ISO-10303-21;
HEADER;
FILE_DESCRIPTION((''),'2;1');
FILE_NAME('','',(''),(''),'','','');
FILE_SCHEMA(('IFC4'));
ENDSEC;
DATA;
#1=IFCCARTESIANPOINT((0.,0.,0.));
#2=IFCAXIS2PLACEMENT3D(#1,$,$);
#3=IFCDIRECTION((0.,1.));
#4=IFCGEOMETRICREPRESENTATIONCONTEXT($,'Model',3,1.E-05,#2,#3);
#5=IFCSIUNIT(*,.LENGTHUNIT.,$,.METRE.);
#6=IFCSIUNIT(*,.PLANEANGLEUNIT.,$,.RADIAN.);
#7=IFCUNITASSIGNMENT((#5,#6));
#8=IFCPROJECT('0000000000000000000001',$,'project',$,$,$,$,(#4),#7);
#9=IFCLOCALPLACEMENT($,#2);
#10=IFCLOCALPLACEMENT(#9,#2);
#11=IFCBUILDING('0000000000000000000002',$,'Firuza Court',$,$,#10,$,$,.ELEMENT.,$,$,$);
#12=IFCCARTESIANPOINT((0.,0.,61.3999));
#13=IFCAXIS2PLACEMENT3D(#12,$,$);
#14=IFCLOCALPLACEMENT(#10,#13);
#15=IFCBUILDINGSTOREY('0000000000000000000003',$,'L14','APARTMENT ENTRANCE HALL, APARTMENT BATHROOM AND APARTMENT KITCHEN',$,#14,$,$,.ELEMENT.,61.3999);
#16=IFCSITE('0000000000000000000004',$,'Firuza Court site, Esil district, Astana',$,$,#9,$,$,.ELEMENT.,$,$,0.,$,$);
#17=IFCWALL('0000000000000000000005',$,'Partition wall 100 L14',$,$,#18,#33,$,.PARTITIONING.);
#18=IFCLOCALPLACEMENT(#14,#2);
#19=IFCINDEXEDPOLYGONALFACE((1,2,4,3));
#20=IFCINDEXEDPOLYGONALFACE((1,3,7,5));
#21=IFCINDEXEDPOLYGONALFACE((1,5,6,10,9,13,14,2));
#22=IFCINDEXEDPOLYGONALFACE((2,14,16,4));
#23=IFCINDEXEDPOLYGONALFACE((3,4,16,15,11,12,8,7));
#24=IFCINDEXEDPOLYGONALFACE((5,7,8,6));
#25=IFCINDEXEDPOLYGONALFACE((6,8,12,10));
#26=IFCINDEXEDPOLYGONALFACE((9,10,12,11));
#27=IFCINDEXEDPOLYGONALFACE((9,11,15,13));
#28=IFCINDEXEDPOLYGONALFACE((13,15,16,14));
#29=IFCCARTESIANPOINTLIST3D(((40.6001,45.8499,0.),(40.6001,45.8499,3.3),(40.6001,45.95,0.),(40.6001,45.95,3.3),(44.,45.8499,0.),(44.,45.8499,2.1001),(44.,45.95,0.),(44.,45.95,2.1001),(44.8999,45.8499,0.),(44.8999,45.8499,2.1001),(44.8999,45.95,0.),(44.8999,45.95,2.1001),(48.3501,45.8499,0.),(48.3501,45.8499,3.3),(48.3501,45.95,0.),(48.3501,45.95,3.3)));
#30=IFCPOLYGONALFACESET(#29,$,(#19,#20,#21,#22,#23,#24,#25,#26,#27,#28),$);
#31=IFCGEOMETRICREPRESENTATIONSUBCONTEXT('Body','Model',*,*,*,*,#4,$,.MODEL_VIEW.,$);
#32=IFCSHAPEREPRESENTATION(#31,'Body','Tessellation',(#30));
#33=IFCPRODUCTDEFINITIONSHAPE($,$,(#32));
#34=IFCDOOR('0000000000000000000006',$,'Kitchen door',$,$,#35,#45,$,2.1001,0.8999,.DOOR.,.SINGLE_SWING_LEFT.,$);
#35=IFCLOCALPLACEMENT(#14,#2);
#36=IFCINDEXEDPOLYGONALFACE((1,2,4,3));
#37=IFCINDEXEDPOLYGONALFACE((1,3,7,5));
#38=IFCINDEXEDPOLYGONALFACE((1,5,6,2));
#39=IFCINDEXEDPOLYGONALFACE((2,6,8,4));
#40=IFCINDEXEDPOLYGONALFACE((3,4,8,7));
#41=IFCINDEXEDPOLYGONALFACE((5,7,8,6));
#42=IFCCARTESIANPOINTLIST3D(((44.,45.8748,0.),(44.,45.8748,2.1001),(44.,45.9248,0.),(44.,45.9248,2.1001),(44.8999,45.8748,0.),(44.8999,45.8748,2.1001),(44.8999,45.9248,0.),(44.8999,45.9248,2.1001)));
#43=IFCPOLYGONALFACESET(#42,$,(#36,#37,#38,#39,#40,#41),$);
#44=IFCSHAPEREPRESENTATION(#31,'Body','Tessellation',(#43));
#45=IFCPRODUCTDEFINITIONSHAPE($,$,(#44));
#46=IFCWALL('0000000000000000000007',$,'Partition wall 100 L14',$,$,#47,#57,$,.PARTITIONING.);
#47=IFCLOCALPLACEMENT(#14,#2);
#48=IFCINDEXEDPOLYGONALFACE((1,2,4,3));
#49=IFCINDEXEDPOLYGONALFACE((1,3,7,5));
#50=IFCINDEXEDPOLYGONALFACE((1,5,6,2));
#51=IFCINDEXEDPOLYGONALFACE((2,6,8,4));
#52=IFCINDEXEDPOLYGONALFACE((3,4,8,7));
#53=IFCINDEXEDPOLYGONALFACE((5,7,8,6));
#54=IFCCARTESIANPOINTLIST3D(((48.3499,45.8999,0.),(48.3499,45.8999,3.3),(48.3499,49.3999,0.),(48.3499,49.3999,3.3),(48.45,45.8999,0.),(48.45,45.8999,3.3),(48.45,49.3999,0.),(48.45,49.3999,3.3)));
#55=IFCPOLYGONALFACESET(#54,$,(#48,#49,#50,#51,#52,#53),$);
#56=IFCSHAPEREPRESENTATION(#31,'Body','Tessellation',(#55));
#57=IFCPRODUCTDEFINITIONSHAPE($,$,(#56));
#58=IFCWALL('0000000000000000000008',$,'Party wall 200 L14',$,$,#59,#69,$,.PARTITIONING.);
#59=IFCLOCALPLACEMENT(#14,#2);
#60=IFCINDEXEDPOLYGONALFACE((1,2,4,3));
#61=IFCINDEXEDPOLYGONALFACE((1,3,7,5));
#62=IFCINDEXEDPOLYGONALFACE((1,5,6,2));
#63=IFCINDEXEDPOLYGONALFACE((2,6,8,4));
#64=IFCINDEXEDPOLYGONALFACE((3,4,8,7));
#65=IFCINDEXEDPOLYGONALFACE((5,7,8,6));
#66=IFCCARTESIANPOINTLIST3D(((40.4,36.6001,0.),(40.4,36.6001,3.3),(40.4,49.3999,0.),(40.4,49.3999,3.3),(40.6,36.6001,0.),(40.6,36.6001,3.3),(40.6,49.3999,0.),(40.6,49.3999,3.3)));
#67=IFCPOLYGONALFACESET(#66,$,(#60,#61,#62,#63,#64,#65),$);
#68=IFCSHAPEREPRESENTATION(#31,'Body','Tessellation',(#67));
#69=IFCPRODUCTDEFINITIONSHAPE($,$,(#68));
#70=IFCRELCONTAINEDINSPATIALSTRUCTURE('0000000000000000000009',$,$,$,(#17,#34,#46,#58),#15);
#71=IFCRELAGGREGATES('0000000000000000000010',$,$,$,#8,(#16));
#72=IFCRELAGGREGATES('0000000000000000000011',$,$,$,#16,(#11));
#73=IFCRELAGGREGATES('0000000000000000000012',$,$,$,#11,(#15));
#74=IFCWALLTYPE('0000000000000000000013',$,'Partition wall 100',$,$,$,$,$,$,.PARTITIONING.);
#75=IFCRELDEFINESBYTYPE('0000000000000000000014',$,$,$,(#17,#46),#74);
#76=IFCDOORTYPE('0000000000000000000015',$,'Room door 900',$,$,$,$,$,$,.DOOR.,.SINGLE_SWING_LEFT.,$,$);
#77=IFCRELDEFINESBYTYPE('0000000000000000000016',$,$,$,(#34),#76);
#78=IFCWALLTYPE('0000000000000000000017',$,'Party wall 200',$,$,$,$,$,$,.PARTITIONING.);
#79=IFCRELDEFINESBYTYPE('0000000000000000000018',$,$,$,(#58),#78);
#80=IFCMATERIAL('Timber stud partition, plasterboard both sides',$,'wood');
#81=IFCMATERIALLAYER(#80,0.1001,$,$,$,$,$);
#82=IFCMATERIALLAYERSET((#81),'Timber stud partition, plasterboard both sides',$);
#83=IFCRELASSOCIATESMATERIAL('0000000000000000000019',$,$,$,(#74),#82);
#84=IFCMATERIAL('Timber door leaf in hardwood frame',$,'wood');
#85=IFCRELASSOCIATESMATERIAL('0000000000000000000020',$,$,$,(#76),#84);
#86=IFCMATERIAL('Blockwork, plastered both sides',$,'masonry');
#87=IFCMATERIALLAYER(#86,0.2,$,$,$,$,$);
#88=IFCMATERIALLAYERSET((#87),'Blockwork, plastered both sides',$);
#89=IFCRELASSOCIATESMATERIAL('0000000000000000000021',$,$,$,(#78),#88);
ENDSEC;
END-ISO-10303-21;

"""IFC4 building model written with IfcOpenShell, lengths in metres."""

from ifc_helpers import new_model, si_unit, direction, frame, frame_2d, origin, place, context, subcontext, project, spatial, rectangle, extrude, material, layer, layer_set, type_object, element, fill, save


model = new_model("IFC4")

# Units and contexts
model_context = context("Model", 3, precision=1e-05, world=origin(), true_north=direction((0.0, 1.0)))
body_context = subcontext(model_context, "Body", "Model", "MODEL_VIEW")
ifc_project = project(units=[si_unit("LENGTHUNIT", "METRE"), si_unit("PLANEANGLEUNIT", "RADIAN")], contexts=[model_context])

# Site, building, storey
site_placement = place(None, origin())
site = spatial("IfcSite", under=ifc_project, at=site_placement, Name="Firuza Court site, Esil district, Astana", CompositionType="ELEMENT", RefElevation=0.0)
building_placement = place(site_placement, origin())
building = spatial("IfcBuilding", under=site, at=building_placement, Name="Firuza Court", CompositionType="ELEMENT")
storey_placement = place(building_placement, frame((0.0, 0.0, 61.3999)))
storey = spatial("IfcBuildingStorey", under=building, at=storey_placement, Name="L14", Description="APARTMENT ENTRANCE HALL, APARTMENT BATHROOM AND APARTMENT KITCHEN", CompositionType="ELEMENT", Elevation=61.3999)

# Shared definitions
ifc_material_1 = material(Name="Timber stud partition, plasterboard both sides", Category="wood")
ifc_layer_1 = layer(ifc_material_1, 0.1001)
ifc_layer_set_1 = layer_set([ifc_layer_1], Name="Timber stud partition, plasterboard both sides")
wall_type_1 = type_object("IfcWallType", Name="Partition wall 100", PredefinedType="PARTITIONING", material=ifc_layer_set_1)

# Shared definitions
ifc_material_2 = material(Name="Timber door leaf in hardwood frame", Category="wood")
door_type = type_object("IfcDoorType", Name="Room door 900", OperationType="SINGLE_SWING_LEFT", PredefinedType="DOOR", material=ifc_material_2)

# Wall, opening, door
wall_1_placement = place(storey_placement, frame((40.6001, 45.8999, 0.0), z_axis=(0.0, 0.0, 1.0), x_axis=(1.0, 0.0, 0.0)))
wall_1 = element("IfcWall", 1, at=wall_1_placement, inside=storey, type_object=wall_type_1, Name="Partition wall 100 L14", PredefinedType="PARTITIONING", context=body_context, shape_type="SweptSolid", body=[
    extrude(rectangle(XDim=7.75, YDim=0.1001, at=frame_2d((3.875, 0.0))), origin(), (0.0, 0.0, 1.0), 3.3),
])
opening_1_placement = place(wall_1_placement, frame((3.3999, 0.0, 0.0)))
opening_1 = element("IfcOpeningElement", 2, at=opening_1_placement, cuts=wall_1, PredefinedType="OPENING", context=body_context, shape_type="SweptSolid", body=[
    extrude(rectangle(XDim=0.8999, YDim=2.1001, at=frame_2d((0.45, 1.05))), frame((0.0, 0.062, 0.0), z_axis=(0.0, -1.0, 0.0), x_axis=(1.0, 0.0, 0.0)), (0.0, 0.0, 1.0), 0.124),
])
door_1_placement = place(opening_1_placement, origin())
door_1 = element("IfcDoor", 3, at=door_1_placement, inside=storey, type_object=door_type, Name="Kitchen door", OperationType="SINGLE_SWING_LEFT", OverallHeight=2.1001, OverallWidth=0.8999, PredefinedType="DOOR", context=body_context, shape_type="SweptSolid", body=[
    extrude(rectangle(XDim=0.8999, YDim=2.1001, at=frame_2d((0.45, 1.05))), frame((0.0, 0.0249, 0.0), z_axis=(0.0, -1.0, 0.0), x_axis=(1.0, 0.0, 0.0)), (0.0, 0.0, 1.0), 0.05),
])
fill(opening_1, door_1)

# Walls
wall_2_placement = place(storey_placement, frame((48.3999, 45.8999, 0.0), z_axis=(0.0, 0.0, 1.0), x_axis=(0.0, 1.0, 0.0)))
element("IfcWall", 4, at=wall_2_placement, inside=storey, type_object=wall_type_1, Name="Partition wall 100 L14", PredefinedType="PARTITIONING", context=body_context, shape_type="SweptSolid", body=[
    extrude(rectangle(XDim=3.5, YDim=0.1001, at=frame_2d((1.75, 0.0))), origin(), (0.0, 0.0, 1.0), 3.3),
])
ifc_material_3 = material(Name="Blockwork, plastered both sides", Category="masonry")
ifc_layer_2 = layer(ifc_material_3, 0.2)
ifc_layer_set_2 = layer_set([ifc_layer_2], Name="Blockwork, plastered both sides")
wall_type_2 = type_object("IfcWallType", Name="Party wall 200", PredefinedType="PARTITIONING", material=ifc_layer_set_2)
wall_3_placement = place(storey_placement, frame((40.5, 36.6001, 0.0), z_axis=(0.0, 0.0, 1.0), x_axis=(0.0, 1.0, 0.0)))
element("IfcWall", 5, at=wall_3_placement, inside=storey, type_object=wall_type_2, Name="Party wall 200 L14", PredefinedType="PARTITIONING", context=body_context, shape_type="SweptSolid", body=[
    extrude(rectangle(XDim=12.7998, YDim=0.2, at=frame_2d((6.3999, 0.0))), origin(), (0.0, 0.0, 1.0), 3.3),
])

save(model, "model.ifc")
